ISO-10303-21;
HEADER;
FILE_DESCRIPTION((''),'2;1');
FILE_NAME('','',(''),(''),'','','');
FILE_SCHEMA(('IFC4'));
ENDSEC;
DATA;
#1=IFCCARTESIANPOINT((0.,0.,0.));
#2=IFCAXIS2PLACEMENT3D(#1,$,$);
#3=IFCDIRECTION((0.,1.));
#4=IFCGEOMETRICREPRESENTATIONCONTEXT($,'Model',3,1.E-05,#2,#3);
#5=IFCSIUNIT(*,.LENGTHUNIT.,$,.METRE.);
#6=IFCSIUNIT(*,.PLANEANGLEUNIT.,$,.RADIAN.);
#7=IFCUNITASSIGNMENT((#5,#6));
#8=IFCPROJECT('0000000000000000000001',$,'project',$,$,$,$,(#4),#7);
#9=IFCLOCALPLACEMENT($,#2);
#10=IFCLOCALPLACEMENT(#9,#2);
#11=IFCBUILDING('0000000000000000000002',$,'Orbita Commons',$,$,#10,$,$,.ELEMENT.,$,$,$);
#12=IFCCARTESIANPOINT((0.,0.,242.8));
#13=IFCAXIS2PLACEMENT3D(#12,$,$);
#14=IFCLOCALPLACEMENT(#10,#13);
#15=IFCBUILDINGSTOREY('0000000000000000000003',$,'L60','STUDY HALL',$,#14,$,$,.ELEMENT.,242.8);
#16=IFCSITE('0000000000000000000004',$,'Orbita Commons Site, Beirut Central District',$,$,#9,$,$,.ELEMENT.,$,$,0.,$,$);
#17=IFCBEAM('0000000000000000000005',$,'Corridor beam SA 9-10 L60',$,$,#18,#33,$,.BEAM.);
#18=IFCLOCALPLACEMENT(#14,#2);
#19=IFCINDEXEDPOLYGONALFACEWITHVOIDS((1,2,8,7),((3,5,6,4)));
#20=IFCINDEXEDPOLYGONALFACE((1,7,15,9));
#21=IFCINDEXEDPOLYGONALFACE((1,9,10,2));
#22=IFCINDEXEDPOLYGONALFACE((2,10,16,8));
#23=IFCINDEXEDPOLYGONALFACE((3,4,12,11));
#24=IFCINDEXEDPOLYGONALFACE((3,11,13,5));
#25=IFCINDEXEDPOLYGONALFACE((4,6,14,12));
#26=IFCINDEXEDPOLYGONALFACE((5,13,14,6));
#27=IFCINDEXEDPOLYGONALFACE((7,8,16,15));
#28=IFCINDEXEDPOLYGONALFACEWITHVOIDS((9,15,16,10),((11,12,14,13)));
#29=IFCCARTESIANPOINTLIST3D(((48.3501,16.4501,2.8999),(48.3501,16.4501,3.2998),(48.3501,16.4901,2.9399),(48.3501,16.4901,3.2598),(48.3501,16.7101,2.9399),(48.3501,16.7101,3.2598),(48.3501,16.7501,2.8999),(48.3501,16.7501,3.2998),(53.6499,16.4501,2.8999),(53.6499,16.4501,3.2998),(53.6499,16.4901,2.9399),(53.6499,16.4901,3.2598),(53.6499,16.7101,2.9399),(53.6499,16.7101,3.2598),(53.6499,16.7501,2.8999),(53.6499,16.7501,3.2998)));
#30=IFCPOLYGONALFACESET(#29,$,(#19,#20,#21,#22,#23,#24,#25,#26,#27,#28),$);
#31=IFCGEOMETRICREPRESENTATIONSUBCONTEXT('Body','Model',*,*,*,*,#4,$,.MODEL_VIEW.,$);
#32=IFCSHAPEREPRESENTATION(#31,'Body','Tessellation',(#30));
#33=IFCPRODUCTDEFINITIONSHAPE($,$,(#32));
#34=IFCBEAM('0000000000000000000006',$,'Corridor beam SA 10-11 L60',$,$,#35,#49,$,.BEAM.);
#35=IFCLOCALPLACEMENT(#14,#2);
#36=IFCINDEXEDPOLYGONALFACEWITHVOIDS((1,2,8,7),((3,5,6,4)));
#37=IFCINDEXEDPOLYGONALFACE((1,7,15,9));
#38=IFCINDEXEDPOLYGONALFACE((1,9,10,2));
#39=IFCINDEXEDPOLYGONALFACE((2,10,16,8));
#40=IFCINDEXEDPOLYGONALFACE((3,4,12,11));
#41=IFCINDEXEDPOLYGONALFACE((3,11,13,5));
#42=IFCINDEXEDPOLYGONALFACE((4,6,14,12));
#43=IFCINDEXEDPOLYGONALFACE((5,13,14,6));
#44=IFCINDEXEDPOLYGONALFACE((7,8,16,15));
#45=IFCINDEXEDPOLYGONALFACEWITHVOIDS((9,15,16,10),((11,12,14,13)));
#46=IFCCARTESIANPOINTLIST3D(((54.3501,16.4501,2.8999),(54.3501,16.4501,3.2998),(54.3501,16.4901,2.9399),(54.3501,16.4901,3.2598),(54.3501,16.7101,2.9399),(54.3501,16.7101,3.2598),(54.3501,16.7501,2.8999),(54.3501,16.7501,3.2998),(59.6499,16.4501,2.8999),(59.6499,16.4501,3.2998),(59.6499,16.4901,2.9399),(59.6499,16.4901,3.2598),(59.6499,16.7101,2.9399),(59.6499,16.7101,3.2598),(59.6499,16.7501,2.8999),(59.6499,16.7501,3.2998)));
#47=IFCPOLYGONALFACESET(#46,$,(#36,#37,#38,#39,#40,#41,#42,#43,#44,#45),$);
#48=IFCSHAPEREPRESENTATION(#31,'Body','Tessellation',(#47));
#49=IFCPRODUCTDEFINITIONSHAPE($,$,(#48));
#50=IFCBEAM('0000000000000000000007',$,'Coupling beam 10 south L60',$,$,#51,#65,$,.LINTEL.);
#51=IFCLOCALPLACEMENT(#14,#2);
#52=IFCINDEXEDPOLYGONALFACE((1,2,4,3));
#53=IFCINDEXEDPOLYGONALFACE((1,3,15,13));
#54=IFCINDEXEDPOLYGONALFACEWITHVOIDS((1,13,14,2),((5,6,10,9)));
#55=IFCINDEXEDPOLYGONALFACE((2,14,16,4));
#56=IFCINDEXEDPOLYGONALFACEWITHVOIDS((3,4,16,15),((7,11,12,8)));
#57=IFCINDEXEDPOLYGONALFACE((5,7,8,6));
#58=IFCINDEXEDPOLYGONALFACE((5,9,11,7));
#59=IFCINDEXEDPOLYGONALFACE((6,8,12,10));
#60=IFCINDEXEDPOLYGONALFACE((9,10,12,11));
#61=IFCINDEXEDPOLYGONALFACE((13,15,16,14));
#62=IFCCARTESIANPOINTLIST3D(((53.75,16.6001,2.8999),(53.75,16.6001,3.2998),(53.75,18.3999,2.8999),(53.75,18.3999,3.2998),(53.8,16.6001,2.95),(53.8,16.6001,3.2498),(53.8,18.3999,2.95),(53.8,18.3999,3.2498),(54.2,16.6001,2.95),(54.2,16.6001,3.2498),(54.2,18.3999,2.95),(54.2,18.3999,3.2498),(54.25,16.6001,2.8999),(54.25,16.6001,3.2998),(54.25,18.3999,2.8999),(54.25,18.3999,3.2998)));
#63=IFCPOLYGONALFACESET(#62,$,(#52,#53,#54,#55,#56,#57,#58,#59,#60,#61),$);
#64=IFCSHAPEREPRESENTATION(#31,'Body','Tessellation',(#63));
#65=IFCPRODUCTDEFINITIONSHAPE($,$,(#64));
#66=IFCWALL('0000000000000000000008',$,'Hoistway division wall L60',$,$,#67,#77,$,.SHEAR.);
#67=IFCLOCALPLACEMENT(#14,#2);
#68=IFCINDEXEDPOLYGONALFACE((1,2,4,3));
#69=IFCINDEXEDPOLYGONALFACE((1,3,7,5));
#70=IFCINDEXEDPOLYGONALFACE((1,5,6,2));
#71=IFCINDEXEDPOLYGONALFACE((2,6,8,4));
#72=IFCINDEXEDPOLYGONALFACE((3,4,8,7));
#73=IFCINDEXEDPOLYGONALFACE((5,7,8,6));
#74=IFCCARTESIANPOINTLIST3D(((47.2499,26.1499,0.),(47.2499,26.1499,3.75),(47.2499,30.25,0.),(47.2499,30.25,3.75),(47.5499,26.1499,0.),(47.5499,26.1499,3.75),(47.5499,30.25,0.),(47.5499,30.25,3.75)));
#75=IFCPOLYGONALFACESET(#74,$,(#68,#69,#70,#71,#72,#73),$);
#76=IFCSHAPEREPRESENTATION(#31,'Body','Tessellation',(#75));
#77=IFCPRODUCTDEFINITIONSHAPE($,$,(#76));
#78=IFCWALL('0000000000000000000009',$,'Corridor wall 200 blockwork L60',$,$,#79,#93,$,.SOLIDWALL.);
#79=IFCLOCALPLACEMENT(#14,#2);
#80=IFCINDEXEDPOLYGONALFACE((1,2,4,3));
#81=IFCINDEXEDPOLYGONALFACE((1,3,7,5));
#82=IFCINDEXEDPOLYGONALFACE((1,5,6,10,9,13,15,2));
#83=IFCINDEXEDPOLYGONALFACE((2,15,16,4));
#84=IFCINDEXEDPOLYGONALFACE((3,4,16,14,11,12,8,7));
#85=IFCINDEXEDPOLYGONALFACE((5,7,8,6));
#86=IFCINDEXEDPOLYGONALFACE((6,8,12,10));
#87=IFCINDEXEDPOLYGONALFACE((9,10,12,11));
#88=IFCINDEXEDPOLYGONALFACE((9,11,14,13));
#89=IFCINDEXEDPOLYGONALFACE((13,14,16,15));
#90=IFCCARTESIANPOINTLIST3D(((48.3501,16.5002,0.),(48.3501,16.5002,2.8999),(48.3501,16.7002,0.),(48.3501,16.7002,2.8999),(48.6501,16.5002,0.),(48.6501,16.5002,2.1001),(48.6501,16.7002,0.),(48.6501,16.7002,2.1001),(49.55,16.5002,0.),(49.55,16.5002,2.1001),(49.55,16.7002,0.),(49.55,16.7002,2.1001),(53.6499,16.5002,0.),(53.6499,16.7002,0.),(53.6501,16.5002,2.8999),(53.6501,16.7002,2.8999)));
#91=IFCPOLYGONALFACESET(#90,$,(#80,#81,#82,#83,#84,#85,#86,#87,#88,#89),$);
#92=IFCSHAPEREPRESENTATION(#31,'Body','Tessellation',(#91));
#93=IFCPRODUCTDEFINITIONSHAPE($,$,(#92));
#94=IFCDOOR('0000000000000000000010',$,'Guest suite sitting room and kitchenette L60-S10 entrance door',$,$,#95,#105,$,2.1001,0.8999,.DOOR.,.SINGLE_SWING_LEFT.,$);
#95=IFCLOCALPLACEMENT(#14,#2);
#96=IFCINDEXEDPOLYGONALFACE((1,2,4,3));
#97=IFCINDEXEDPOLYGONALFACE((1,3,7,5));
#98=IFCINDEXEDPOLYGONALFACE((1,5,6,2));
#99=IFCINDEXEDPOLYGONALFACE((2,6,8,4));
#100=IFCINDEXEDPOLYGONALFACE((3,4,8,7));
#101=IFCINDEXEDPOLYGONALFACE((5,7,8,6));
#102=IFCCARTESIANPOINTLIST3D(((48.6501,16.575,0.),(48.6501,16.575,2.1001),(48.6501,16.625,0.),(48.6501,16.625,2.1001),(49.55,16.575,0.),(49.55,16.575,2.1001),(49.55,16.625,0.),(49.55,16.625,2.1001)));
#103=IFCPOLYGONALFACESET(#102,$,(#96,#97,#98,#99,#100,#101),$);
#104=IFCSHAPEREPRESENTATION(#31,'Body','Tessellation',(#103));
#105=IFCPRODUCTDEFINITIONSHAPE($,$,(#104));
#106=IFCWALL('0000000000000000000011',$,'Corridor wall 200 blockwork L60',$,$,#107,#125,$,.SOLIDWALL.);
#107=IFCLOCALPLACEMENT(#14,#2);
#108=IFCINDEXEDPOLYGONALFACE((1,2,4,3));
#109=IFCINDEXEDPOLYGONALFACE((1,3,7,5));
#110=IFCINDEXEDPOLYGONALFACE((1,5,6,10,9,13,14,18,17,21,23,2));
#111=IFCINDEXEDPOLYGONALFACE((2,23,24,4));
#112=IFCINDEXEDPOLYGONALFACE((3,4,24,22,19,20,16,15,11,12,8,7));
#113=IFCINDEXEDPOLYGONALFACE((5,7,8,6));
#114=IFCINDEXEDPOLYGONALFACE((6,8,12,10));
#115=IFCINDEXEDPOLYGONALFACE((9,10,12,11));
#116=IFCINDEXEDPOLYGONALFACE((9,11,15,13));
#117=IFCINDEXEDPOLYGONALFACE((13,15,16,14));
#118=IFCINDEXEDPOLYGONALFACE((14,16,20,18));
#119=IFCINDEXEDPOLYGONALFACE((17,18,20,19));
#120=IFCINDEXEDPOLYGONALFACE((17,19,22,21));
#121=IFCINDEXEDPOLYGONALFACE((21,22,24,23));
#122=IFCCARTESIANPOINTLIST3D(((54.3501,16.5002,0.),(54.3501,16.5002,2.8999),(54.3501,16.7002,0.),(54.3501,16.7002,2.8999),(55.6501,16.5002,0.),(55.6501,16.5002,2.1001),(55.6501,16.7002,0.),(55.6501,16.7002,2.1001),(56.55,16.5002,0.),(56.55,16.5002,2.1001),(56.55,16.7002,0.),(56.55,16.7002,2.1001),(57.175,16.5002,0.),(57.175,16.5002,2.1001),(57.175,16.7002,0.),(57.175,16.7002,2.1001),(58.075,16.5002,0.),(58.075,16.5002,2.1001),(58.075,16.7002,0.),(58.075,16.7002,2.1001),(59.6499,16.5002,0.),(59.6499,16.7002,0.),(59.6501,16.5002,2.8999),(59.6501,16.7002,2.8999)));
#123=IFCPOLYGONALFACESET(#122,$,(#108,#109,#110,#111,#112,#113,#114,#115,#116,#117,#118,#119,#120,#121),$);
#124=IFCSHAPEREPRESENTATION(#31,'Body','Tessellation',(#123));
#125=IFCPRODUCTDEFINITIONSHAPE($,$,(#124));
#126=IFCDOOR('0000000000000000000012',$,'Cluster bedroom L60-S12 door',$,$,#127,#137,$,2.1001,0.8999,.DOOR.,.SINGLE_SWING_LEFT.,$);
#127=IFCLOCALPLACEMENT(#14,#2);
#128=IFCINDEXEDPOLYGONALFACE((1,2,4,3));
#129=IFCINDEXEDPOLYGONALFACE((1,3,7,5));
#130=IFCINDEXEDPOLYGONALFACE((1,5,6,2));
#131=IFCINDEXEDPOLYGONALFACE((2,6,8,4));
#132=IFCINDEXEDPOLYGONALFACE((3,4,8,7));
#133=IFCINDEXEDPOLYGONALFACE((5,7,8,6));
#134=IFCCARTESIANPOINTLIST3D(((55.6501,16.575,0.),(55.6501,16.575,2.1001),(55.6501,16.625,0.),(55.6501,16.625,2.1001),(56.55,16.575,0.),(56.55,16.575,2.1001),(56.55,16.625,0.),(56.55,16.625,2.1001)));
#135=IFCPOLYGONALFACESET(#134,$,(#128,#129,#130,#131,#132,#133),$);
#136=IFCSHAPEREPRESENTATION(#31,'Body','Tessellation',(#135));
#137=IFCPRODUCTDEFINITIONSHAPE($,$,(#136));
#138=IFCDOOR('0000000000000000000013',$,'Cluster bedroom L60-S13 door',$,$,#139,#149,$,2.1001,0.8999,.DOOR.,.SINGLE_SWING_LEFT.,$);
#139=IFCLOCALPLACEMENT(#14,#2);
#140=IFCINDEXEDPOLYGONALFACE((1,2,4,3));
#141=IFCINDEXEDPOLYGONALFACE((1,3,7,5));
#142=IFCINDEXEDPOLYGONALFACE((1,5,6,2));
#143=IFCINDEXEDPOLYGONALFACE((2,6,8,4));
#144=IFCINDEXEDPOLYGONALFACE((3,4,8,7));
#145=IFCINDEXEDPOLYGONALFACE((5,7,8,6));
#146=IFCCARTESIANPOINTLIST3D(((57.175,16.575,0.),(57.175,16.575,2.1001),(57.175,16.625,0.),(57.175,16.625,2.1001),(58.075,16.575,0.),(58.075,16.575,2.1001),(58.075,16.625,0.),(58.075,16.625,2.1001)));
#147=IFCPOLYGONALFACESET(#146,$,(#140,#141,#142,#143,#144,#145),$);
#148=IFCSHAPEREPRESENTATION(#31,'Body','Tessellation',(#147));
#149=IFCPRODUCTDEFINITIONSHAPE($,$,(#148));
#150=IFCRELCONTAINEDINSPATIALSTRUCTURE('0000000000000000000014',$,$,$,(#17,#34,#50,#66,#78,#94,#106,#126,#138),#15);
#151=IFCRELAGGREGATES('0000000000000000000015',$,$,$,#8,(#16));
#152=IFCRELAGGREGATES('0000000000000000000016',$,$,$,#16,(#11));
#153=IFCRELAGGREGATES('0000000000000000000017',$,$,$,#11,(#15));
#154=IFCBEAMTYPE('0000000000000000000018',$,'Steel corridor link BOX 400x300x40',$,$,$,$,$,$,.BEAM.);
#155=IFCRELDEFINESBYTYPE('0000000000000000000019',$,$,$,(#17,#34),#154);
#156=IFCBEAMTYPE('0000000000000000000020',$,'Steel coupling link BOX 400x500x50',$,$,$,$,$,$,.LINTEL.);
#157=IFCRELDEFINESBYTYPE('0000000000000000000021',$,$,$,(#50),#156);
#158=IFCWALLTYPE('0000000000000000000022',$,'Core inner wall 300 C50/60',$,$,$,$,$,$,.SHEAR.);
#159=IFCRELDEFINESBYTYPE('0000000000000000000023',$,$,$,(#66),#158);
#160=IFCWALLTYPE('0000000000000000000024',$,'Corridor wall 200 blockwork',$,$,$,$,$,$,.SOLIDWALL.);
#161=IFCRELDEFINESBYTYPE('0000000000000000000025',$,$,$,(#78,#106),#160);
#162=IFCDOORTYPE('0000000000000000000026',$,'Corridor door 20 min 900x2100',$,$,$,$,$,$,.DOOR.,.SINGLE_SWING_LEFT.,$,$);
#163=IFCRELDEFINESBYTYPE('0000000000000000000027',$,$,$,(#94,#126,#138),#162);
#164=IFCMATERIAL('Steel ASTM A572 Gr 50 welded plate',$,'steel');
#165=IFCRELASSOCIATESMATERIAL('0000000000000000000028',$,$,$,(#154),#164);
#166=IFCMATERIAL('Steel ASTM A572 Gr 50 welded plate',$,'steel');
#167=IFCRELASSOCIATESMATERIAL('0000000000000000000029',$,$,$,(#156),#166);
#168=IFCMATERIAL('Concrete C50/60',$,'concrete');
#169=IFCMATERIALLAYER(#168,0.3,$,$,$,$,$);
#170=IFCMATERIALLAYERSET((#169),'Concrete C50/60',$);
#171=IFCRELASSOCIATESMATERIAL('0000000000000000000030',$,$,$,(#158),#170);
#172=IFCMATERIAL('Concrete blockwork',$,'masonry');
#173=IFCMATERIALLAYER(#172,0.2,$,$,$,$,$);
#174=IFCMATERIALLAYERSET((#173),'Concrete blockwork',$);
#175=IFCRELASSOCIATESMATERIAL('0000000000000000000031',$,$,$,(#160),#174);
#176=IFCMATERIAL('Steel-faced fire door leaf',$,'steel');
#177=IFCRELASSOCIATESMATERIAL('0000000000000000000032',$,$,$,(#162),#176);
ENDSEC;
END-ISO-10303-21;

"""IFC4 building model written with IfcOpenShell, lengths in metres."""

from ifc_helpers import new_model, si_unit, direction, frame, frame_2d, origin, origin_2d, place, context, subcontext, project, spatial, polyline, rectangle, hollow_rectangle, outline, extrude, material, layer, layer_set, material_profile, profile_set, type_object, element, fill, save


model = new_model("IFC4")

# Units and contexts
model_context = context("Model", 3, precision=1e-05, world=origin(), true_north=direction((0.0, 1.0)))
body_context = subcontext(model_context, "Body", "Model", "MODEL_VIEW")
ifc_project = project(units=[si_unit("LENGTHUNIT", "METRE"), si_unit("PLANEANGLEUNIT", "RADIAN")], contexts=[model_context])

# Site, building, storey
site_placement = place(None, origin())
site = spatial("IfcSite", under=ifc_project, at=site_placement, Name="Orbita Commons Site, Beirut Central District", CompositionType="ELEMENT", RefElevation=0.0)
building_placement = place(site_placement, origin())
building = spatial("IfcBuilding", under=site, at=building_placement, Name="Orbita Commons", CompositionType="ELEMENT")
storey_placement = place(building_placement, frame((0.0, 0.0, 242.8)))
storey = spatial("IfcBuildingStorey", under=building, at=storey_placement, Name="L60", Description="STUDY HALL", CompositionType="ELEMENT", Elevation=242.8)

# Beams
ifc_material_1 = material(Name="Steel ASTM A572 Gr 50 welded plate", Category="steel")
ifc_material_profile_1 = material_profile(ifc_material_1, hollow_rectangle(XDim=0.3, YDim=0.3999, WallThickness=0.04, at=origin_2d()), Name="BOX 400x300x40")
ifc_profile_set_1 = profile_set([ifc_material_profile_1], Name="Steel ASTM A572 Gr 50 welded plate")
beam_type_1 = type_object("IfcBeamType", Name="Steel corridor link BOX 400x300x40", PredefinedType="BEAM", material=ifc_profile_set_1)
for number, where, z_axis, x_axis, name in (
    (1, (48.3501, 16.6001, 3.0999), (1.0, 0.0, 0.0), (0.0, 1.0, 0.0), "Corridor beam SA 9-10 L60"),
    (2, (54.3501, 16.6001, 3.0999), (1.0, 0.0, 0.0), (0.0, 1.0, 0.0), "Corridor beam SA 10-11 L60"),
):
    element("IfcBeam", number, at=place(storey_placement, frame(where, z_axis=z_axis, x_axis=x_axis)), inside=storey, type_object=beam_type_1, Name=name, PredefinedType="BEAM", context=body_context, shape_type="SweptSolid", body=[
        extrude(hollow_rectangle(XDim=0.3, YDim=0.3999, WallThickness=0.04, at=origin_2d()), origin(), (0.0, 0.0, 1.0), 5.2998),
    ])
ifc_material_2 = material(Name="Steel ASTM A572 Gr 50 welded plate", Category="steel")
ifc_material_profile_2 = material_profile(ifc_material_2, hollow_rectangle(XDim=0.5, YDim=0.3999, WallThickness=0.05, at=origin_2d()), Name="BOX 400x500x50")
ifc_profile_set_2 = profile_set([ifc_material_profile_2], Name="Steel ASTM A572 Gr 50 welded plate")
beam_type_2 = type_object("IfcBeamType", Name="Steel coupling link BOX 400x500x50", PredefinedType="LINTEL", material=ifc_profile_set_2)
beam_placement = place(storey_placement, frame((54.0, 16.6001, 3.0999), z_axis=(0.0, 1.0, 0.0), x_axis=(-1.0, 0.0, 0.0)))
element("IfcBeam", 3, at=beam_placement, inside=storey, type_object=beam_type_2, Name="Coupling beam 10 south L60", PredefinedType="LINTEL", context=body_context, shape_type="SweptSolid", body=[
    extrude(hollow_rectangle(XDim=0.5, YDim=0.3999, WallThickness=0.05, at=origin_2d()), origin(), (0.0, 0.0, 1.0), 1.7998),
])

# Wall
ifc_material_3 = material(Name="Concrete C50/60", Category="concrete")
ifc_layer_1 = layer(ifc_material_3, 0.3)
ifc_layer_set_1 = layer_set([ifc_layer_1], Name="Concrete C50/60")
wall_type_1 = type_object("IfcWallType", Name="Core inner wall 300 C50/60", PredefinedType="SHEAR", material=ifc_layer_set_1)
wall_1_placement = place(storey_placement, frame((47.3999, 26.1499, 0.0), z_axis=(0.0, 0.0, 1.0), x_axis=(0.0, 1.0, 0.0)))
element("IfcWall", 4, at=wall_1_placement, inside=storey, type_object=wall_type_1, Name="Hoistway division wall L60", PredefinedType="SHEAR", context=body_context, shape_type="SweptSolid", body=[
    extrude(rectangle(XDim=4.1001, YDim=0.3, at=frame_2d((2.05, 0.0))), origin(), (0.0, 0.0, 1.0), 3.75),
])

# Wall, opening, door
ifc_material_4 = material(Name="Concrete blockwork", Category="masonry")
ifc_layer_2 = layer(ifc_material_4, 0.2)
ifc_layer_set_2 = layer_set([ifc_layer_2], Name="Concrete blockwork")
wall_type_2 = type_object("IfcWallType", Name="Corridor wall 200 blockwork", PredefinedType="SOLIDWALL", material=ifc_layer_set_2)
wall_2_placement = place(storey_placement, frame((48.3501, 16.6001, 0.0), z_axis=(0.0, 0.0, 1.0), x_axis=(1.0, 0.0, 0.0)))
wall_2 = element("IfcWall", 5, at=wall_2_placement, inside=storey, type_object=wall_type_2, Name="Corridor wall 200 blockwork L60", PredefinedType="SOLIDWALL", context=body_context, shape_type="SweptSolid", body=[
    extrude(outline(polyline([(0.0, 0.0), (5.2998, 0.0), (5.3, 2.8999), (0.0, 2.8999), (0.0, 0.0)])), frame((0.0, 0.1001, 0.0), z_axis=(0.0, -1.0, 0.0), x_axis=(1.0, 0.0, 0.0)), (0.0, 0.0, 1.0), 0.2),
])
opening_1_placement = place(wall_2_placement, frame((0.3, 0.0, 0.0)))
opening_1 = element("IfcOpeningElement", 6, at=opening_1_placement, cuts=wall_2, PredefinedType="OPENING", context=body_context, shape_type="SweptSolid", body=[
    extrude(rectangle(XDim=0.8999, YDim=2.1001, at=frame_2d((0.45, 1.05))), frame((0.0, 0.1099, 0.0), z_axis=(0.0, -1.0, 0.0), x_axis=(1.0, 0.0, 0.0)), (0.0, 0.0, 1.0), 0.22),
])
ifc_material_5 = material(Name="Steel-faced fire door leaf", Category="steel")
door_type_1 = type_object("IfcDoorType", Name="Corridor door 20 min 900x2100", OperationType="SINGLE_SWING_LEFT", PredefinedType="DOOR", material=ifc_material_5)
door_1_placement = place(opening_1_placement, origin())
door_1 = element("IfcDoor", 7, at=door_1_placement, inside=storey, type_object=door_type_1, Name="Guest suite sitting room and kitchenette L60-S10 entrance door", OperationType="SINGLE_SWING_LEFT", OverallHeight=2.1001, OverallWidth=0.8999, PredefinedType="DOOR", context=body_context, shape_type="SweptSolid", body=[
    extrude(rectangle(XDim=0.8999, YDim=2.1001, at=frame_2d((0.45, 1.05))), frame((0.0, 0.0249, 0.0), z_axis=(0.0, -1.0, 0.0), x_axis=(1.0, 0.0, 0.0)), (0.0, 0.0, 1.0), 0.05),
])
fill(opening_1, door_1)

# Wall, openings, doors
wall_3_placement = place(storey_placement, frame((54.3501, 16.6001, 0.0), z_axis=(0.0, 0.0, 1.0), x_axis=(1.0, 0.0, 0.0)))
wall_3 = element("IfcWall", 8, at=wall_3_placement, inside=storey, type_object=wall_type_2, Name="Corridor wall 200 blockwork L60", PredefinedType="SOLIDWALL", context=body_context, shape_type="SweptSolid", body=[
    extrude(outline(polyline([(0.0, 0.0), (5.2998, 0.0), (5.3, 2.8999), (0.0, 2.8999), (0.0, 0.0)])), frame((0.0, 0.1001, 0.0), z_axis=(0.0, -1.0, 0.0), x_axis=(1.0, 0.0, 0.0)), (0.0, 0.0, 1.0), 0.2),
])
opening_2_placement = place(wall_3_placement, frame((1.3, 0.0, 0.0)))
opening_2 = element("IfcOpeningElement", 9, at=opening_2_placement, cuts=wall_3, PredefinedType="OPENING", context=body_context, shape_type="SweptSolid", body=[
    extrude(rectangle(XDim=0.8999, YDim=2.1001, at=frame_2d((0.45, 1.05))), frame((0.0, 0.1099, 0.0), z_axis=(0.0, -1.0, 0.0), x_axis=(1.0, 0.0, 0.0)), (0.0, 0.0, 1.0), 0.22),
])
opening_3_placement = place(wall_3_placement, frame((2.825, 0.0, 0.0)))
opening_3 = element("IfcOpeningElement", 10, at=opening_3_placement, cuts=wall_3, PredefinedType="OPENING", context=body_context, shape_type="SweptSolid", body=[
    extrude(rectangle(XDim=0.8999, YDim=2.1001, at=frame_2d((0.45, 1.05))), frame((0.0, 0.1099, 0.0), z_axis=(0.0, -1.0, 0.0), x_axis=(1.0, 0.0, 0.0)), (0.0, 0.0, 1.0), 0.22),
])
door_2_placement = place(opening_2_placement, origin())
door_2 = element("IfcDoor", 11, at=door_2_placement, inside=storey, type_object=door_type_1, Name="Cluster bedroom L60-S12 door", OperationType="SINGLE_SWING_LEFT", OverallHeight=2.1001, OverallWidth=0.8999, PredefinedType="DOOR", context=body_context, shape_type="SweptSolid", body=[
    extrude(rectangle(XDim=0.8999, YDim=2.1001, at=frame_2d((0.45, 1.05))), frame((0.0, 0.0249, 0.0), z_axis=(0.0, -1.0, 0.0), x_axis=(1.0, 0.0, 0.0)), (0.0, 0.0, 1.0), 0.05),
])
fill(opening_2, door_2)
door_3_placement = place(opening_3_placement, origin())
door_3 = element("IfcDoor", 12, at=door_3_placement, inside=storey, type_object=door_type_1, Name="Cluster bedroom L60-S13 door", OperationType="SINGLE_SWING_LEFT", OverallHeight=2.1001, OverallWidth=0.8999, PredefinedType="DOOR", context=body_context, shape_type="SweptSolid", body=[
    extrude(rectangle(XDim=0.8999, YDim=2.1001, at=frame_2d((0.45, 1.05))), frame((0.0, 0.0249, 0.0), z_axis=(0.0, -1.0, 0.0), x_axis=(1.0, 0.0, 0.0)), (0.0, 0.0, 1.0), 0.05),
])
fill(opening_3, door_3)

save(model, "model.ifc")
